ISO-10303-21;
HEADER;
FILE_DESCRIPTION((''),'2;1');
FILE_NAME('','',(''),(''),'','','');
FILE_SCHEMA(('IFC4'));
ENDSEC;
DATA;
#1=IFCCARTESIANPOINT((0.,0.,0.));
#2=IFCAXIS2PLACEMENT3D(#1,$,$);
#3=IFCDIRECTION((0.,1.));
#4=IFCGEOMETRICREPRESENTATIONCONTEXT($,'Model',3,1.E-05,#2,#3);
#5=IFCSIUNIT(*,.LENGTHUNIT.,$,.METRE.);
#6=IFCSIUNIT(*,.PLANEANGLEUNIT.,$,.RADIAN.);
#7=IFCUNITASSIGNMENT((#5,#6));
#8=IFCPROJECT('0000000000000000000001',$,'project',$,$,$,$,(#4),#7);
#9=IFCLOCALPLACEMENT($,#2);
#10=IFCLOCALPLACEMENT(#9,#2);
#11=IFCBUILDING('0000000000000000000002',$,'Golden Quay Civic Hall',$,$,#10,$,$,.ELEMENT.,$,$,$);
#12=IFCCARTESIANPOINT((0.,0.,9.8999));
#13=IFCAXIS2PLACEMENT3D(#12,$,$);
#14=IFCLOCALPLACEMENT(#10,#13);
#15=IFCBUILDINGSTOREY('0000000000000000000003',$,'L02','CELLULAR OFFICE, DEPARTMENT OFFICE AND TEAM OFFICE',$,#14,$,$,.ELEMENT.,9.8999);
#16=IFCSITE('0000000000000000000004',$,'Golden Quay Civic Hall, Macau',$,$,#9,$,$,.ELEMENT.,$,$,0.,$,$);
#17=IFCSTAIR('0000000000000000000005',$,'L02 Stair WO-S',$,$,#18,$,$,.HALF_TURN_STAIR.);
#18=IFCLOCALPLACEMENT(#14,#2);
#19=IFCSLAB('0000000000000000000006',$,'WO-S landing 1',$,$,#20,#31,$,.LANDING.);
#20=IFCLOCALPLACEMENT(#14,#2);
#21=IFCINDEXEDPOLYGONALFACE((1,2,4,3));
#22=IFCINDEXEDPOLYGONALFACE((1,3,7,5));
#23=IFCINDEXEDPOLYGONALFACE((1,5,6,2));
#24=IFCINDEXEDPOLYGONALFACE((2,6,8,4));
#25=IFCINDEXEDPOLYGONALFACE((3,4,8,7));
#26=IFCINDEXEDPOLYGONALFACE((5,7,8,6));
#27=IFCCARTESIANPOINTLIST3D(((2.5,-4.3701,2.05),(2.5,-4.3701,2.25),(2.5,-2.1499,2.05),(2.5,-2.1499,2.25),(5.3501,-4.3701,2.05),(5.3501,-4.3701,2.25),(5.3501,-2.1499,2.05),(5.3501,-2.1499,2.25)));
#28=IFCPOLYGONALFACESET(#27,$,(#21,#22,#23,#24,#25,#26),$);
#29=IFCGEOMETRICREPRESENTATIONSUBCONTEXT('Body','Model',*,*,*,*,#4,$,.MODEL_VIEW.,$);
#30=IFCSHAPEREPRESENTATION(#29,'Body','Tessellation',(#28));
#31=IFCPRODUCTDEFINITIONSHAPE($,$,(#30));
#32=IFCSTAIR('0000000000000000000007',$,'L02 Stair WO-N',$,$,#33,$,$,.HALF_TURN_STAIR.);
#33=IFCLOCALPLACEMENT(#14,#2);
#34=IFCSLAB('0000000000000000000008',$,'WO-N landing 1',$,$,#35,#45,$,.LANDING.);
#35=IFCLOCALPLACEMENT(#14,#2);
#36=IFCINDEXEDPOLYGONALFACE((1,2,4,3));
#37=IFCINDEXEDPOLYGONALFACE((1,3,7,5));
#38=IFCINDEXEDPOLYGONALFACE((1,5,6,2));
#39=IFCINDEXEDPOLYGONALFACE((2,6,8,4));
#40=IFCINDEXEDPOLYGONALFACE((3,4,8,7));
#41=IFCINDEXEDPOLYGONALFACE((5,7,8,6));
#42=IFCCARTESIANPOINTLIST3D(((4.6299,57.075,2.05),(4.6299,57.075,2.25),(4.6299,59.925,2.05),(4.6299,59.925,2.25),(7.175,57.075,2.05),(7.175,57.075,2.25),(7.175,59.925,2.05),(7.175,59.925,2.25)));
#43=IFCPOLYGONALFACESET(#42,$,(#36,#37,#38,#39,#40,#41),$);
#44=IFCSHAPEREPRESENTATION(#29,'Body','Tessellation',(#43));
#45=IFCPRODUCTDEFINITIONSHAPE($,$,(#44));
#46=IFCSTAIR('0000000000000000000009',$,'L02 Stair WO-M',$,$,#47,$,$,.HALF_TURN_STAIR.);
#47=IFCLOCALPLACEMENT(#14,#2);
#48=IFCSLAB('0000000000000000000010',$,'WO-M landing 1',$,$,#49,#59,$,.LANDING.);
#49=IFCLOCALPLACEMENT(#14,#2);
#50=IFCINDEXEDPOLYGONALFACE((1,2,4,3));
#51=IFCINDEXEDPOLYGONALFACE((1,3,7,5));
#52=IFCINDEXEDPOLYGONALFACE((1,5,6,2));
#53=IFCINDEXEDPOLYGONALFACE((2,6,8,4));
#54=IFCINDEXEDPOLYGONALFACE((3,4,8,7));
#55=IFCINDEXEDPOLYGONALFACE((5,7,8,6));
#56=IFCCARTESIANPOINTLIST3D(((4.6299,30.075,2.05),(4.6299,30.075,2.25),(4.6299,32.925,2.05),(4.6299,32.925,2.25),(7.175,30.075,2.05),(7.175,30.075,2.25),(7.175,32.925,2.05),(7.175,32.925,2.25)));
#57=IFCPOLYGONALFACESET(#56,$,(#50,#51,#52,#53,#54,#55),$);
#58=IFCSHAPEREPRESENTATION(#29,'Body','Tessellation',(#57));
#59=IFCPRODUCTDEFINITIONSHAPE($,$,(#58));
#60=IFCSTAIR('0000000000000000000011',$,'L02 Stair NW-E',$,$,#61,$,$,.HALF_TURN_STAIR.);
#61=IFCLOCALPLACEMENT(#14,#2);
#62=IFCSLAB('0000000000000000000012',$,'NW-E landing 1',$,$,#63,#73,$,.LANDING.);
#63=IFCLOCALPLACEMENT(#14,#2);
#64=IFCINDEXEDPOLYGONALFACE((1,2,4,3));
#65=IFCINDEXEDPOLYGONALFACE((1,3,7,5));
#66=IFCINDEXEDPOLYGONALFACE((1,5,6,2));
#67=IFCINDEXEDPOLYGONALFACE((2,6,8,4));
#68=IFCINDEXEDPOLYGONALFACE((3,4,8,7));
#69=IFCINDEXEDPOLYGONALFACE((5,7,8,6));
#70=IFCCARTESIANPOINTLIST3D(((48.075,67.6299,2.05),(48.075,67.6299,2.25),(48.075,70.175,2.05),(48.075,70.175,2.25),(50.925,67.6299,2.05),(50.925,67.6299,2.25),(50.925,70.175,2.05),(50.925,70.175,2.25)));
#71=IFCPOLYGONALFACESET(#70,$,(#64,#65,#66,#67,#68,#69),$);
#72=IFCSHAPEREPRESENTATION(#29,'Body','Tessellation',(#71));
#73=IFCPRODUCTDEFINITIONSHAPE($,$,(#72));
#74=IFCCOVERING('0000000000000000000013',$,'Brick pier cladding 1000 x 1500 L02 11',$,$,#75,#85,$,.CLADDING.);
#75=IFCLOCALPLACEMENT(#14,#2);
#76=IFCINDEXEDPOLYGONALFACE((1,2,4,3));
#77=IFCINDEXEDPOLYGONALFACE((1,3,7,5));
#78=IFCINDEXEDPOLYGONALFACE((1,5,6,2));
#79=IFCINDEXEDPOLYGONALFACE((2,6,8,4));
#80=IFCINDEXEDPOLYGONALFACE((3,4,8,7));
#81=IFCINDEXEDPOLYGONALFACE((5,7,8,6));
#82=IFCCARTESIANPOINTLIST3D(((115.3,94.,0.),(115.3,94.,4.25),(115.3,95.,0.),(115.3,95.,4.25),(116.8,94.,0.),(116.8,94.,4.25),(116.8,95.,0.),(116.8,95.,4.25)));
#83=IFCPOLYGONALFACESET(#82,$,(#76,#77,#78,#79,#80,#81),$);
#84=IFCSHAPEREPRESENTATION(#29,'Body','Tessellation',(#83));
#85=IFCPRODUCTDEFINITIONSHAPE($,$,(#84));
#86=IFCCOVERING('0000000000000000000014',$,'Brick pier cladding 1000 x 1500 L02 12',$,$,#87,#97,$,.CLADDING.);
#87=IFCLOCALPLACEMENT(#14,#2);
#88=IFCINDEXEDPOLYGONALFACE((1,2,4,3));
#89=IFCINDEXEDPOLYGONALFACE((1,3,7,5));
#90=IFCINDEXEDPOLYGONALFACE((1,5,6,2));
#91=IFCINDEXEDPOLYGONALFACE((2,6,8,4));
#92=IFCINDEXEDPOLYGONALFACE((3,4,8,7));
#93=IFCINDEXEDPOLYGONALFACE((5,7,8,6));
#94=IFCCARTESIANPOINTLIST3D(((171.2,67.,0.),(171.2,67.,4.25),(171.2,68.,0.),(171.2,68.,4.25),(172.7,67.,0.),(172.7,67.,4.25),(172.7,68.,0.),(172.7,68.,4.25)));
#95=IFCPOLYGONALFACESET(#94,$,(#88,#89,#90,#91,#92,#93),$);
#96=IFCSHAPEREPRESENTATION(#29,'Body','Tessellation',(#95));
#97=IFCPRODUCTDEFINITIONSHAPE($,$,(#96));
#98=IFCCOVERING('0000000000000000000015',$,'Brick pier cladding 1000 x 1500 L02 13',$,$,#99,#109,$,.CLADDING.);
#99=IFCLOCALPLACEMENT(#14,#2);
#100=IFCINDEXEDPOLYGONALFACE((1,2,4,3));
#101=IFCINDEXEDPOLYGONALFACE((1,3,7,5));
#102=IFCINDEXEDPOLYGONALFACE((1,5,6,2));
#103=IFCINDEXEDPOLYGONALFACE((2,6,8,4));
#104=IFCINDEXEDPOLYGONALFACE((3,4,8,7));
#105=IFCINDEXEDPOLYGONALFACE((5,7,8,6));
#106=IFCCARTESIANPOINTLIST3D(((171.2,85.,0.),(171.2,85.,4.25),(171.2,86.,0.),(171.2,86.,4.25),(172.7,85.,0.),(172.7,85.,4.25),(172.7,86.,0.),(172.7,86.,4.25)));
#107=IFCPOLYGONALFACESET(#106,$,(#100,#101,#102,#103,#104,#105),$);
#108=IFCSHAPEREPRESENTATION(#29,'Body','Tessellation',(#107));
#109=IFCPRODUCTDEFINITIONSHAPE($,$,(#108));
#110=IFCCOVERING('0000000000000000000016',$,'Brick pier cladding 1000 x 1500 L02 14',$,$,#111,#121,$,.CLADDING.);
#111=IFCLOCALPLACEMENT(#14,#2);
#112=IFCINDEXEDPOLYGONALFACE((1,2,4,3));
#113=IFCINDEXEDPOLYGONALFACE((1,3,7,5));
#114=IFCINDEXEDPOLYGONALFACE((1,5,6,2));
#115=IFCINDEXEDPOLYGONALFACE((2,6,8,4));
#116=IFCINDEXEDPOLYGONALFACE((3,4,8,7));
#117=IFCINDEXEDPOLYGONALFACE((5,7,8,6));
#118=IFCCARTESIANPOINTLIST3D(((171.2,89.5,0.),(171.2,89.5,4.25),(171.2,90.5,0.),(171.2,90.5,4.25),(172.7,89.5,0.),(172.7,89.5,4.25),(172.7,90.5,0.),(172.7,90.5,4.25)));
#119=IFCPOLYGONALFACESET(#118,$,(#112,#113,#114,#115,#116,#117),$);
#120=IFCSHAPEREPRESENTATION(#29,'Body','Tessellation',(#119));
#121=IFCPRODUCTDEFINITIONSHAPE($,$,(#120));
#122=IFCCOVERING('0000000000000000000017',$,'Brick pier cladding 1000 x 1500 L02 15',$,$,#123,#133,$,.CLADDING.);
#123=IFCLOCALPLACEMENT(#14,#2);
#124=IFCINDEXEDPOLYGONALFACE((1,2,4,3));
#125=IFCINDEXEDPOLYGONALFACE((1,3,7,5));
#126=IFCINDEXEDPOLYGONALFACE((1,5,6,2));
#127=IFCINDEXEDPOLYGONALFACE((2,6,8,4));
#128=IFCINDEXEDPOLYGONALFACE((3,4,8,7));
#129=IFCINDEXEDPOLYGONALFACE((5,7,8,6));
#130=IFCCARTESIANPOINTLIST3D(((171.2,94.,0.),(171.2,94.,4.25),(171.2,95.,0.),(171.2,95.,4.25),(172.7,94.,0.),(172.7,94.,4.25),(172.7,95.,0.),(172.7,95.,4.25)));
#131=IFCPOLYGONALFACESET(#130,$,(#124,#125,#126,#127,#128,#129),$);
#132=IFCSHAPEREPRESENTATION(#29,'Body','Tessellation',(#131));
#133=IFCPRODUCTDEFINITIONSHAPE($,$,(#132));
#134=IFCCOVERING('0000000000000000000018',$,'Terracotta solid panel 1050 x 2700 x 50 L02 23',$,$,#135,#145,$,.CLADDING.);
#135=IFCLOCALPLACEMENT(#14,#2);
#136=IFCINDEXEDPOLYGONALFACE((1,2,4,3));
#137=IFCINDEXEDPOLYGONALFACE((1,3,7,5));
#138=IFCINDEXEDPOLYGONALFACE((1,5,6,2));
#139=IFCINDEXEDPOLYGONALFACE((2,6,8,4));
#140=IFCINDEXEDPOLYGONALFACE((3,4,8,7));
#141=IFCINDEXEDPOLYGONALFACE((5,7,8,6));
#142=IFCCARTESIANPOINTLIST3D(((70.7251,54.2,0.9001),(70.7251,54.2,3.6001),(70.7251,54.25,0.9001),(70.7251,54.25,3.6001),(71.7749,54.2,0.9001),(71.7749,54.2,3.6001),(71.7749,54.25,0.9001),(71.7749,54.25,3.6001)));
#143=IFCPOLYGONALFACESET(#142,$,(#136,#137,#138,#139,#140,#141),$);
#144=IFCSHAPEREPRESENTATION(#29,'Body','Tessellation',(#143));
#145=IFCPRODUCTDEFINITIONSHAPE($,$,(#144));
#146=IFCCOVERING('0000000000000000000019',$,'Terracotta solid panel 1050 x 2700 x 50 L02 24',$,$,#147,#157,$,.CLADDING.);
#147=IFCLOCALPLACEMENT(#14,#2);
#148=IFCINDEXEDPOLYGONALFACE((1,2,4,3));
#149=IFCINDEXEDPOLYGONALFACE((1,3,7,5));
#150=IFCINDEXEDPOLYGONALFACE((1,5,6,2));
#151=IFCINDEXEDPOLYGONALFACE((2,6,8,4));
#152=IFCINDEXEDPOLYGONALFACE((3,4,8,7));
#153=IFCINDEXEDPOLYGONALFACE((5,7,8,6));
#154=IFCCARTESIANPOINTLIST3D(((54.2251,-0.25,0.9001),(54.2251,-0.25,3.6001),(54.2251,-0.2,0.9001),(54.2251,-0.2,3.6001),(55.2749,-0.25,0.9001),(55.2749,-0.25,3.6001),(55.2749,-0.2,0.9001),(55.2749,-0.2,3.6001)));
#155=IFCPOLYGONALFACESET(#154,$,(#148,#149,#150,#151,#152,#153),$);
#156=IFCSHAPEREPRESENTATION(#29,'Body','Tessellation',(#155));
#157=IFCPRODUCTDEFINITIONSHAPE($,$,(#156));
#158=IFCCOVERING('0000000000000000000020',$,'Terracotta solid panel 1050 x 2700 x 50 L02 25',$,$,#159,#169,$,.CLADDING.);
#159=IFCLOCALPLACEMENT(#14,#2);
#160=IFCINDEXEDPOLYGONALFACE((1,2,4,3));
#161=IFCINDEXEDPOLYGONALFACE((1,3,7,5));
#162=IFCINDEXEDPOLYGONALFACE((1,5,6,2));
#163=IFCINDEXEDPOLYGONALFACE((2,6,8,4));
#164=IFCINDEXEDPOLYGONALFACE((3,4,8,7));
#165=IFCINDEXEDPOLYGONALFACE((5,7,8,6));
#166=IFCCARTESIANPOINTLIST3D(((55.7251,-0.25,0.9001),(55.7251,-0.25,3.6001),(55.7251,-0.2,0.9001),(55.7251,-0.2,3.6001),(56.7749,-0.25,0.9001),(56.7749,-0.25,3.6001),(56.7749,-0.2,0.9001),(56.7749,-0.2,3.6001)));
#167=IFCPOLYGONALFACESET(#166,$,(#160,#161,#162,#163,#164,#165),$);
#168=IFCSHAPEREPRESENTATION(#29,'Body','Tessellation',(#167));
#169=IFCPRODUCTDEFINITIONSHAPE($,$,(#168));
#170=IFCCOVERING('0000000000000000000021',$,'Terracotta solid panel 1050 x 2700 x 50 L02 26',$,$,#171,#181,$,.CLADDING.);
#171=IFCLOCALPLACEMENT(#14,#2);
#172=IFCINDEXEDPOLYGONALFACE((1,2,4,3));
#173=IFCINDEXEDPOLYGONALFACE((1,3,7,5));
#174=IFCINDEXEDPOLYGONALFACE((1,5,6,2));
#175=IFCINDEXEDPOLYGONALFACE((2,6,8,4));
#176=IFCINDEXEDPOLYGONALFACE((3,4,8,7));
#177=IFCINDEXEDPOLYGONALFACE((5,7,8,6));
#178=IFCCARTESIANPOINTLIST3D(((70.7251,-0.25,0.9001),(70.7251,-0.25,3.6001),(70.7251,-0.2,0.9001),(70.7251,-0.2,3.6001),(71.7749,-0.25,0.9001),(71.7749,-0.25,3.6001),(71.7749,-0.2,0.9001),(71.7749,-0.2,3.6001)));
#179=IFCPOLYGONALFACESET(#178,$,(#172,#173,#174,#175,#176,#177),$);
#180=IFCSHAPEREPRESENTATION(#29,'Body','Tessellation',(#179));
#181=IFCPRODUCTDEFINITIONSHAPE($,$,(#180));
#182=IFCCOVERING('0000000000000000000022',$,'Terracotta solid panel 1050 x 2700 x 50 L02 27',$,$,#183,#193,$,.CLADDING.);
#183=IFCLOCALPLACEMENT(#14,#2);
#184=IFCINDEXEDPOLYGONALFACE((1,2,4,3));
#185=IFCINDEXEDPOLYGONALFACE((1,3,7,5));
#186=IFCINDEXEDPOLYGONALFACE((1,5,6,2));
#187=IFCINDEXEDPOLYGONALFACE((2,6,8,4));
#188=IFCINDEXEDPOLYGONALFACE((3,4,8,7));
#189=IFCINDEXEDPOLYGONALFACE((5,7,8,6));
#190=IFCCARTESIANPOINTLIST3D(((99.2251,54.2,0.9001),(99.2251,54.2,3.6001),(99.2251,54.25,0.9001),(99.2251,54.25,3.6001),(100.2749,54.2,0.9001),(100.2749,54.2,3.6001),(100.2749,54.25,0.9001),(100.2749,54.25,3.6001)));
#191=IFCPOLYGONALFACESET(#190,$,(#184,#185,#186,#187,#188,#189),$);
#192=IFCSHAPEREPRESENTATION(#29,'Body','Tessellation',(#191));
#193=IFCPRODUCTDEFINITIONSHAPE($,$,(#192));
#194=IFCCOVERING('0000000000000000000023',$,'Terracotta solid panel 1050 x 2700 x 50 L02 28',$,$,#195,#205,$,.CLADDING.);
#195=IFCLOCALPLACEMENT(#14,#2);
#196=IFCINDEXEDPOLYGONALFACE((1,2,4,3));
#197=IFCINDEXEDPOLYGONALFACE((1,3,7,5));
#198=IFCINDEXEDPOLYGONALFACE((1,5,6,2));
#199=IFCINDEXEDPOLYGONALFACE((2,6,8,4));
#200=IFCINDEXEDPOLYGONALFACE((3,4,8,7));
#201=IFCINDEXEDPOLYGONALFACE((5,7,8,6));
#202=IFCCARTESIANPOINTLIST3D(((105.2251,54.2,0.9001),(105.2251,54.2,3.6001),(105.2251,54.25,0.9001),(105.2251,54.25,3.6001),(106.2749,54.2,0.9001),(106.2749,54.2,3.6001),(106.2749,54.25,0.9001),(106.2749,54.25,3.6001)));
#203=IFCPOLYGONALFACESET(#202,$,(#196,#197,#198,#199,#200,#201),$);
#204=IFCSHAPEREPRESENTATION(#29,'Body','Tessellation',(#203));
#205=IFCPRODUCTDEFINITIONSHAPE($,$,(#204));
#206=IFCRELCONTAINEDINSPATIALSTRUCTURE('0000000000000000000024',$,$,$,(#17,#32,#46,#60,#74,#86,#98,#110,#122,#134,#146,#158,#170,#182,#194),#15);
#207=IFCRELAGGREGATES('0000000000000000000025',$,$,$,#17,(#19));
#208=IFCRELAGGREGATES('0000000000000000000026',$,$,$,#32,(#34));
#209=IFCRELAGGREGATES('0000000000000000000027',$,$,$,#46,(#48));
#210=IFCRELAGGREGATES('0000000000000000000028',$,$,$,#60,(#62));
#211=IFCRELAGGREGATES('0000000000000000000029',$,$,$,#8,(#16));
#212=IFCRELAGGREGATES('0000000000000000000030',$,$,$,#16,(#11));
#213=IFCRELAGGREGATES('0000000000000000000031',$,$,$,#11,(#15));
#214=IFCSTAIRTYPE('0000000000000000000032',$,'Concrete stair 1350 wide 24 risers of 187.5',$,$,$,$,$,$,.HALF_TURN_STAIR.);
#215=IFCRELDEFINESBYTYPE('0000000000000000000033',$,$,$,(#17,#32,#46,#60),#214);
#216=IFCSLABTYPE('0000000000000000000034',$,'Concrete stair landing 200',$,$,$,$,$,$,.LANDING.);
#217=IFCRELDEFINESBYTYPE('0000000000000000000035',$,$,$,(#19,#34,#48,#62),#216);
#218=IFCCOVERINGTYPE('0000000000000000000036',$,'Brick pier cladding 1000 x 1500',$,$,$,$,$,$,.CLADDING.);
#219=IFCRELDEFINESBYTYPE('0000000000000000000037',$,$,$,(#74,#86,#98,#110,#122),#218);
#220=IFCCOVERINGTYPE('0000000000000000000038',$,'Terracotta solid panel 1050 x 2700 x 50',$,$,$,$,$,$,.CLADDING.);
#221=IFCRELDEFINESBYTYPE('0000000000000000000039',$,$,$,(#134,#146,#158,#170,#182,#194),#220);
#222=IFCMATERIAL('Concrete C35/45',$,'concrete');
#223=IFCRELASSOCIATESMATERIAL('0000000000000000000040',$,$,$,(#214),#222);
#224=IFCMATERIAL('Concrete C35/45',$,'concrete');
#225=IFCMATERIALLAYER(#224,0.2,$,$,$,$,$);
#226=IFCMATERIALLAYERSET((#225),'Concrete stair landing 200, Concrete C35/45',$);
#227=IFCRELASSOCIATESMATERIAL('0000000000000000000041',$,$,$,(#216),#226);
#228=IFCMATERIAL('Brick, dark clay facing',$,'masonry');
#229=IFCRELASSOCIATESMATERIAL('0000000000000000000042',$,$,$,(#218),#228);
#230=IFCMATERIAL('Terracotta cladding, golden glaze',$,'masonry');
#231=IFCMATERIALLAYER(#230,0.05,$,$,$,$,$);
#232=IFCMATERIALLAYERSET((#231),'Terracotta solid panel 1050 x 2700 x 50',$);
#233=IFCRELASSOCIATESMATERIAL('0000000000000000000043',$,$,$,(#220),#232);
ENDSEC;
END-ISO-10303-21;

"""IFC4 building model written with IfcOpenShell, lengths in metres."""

from ifc_helpers import new_model, si_unit, direction, frame, origin, place, context, subcontext, project, spatial, polyline, outline, extrude, material, layer, layer_set, type_object, element, aggregate, save


model = new_model("IFC4")

# Units and contexts
model_context = context("Model", 3, precision=1e-05, world=origin(), true_north=direction((0.0, 1.0)))
body_context = subcontext(model_context, "Body", "Model", "MODEL_VIEW")
ifc_project = project(units=[si_unit("LENGTHUNIT", "METRE"), si_unit("PLANEANGLEUNIT", "RADIAN")], contexts=[model_context])

# Site, building, storey
site_placement = place(None, origin())
site = spatial("IfcSite", under=ifc_project, at=site_placement, Name="Golden Quay Civic Hall, Macau", CompositionType="ELEMENT", RefElevation=0.0)
building_placement = place(site_placement, origin())
building = spatial("IfcBuilding", under=site, at=building_placement, Name="Golden Quay Civic Hall", CompositionType="ELEMENT")
storey_placement = place(building_placement, frame((0.0, 0.0, 9.8999)))
storey = spatial("IfcBuildingStorey", under=building, at=storey_placement, Name="L02", Description="CELLULAR OFFICE, DEPARTMENT OFFICE AND TEAM OFFICE", CompositionType="ELEMENT", Elevation=9.8999)

# Stairs, slabs
ifc_material_1 = material(Name="Concrete C35/45", Category="concrete")
stair_type = type_object("IfcStairType", Name="Concrete stair 1350 wide 24 risers of 187.5", PredefinedType="HALF_TURN_STAIR", material=ifc_material_1)
stair_1_placement = place(storey_placement, origin())
stair_1 = element("IfcStair", 1, at=stair_1_placement, inside=storey, type_object=stair_type, Name="L02 Stair WO-S", PredefinedType="HALF_TURN_STAIR")
ifc_material_2 = material(Name="Concrete C35/45", Category="concrete")
ifc_layer_1 = layer(ifc_material_2, 0.2)
ifc_layer_set_1 = layer_set([ifc_layer_1], Name="Concrete stair landing 200, Concrete C35/45")
slab_type = type_object("IfcSlabType", Name="Concrete stair landing 200", PredefinedType="LANDING", material=ifc_layer_set_1)
slab_1_placement = place(storey_placement, frame((0.0, 0.0, 2.05)))
slab_1 = element("IfcSlab", 2, at=slab_1_placement, type_object=slab_type, Name="WO-S landing 1", PredefinedType="LANDING", context=body_context, shape_type="SweptSolid", body=[
    extrude(outline(polyline([(5.3501, -4.3701), (5.3501, -2.1499), (2.5, -2.1499), (2.5, -4.3701), (5.3501, -4.3701)])), origin(), (0.0, 0.0, 1.0), 0.2),
])
aggregate(stair_1, [slab_1])
stair_2_placement = place(storey_placement, origin())
stair_2 = element("IfcStair", 3, at=stair_2_placement, inside=storey, type_object=stair_type, Name="L02 Stair WO-N", PredefinedType="HALF_TURN_STAIR")
slab_2_placement = place(storey_placement, frame((0.0, 0.0, 2.05)))
slab_2 = element("IfcSlab", 4, at=slab_2_placement, type_object=slab_type, Name="WO-N landing 1", PredefinedType="LANDING", context=body_context, shape_type="SweptSolid", body=[
    extrude(outline(polyline([(4.6299, 57.075), (7.175, 57.075), (7.175, 59.925), (4.6299, 59.925), (4.6299, 57.075)])), origin(), (0.0, 0.0, 1.0), 0.2),
])
aggregate(stair_2, [slab_2])
stair_3_placement = place(storey_placement, origin())
stair_3 = element("IfcStair", 5, at=stair_3_placement, inside=storey, type_object=stair_type, Name="L02 Stair WO-M", PredefinedType="HALF_TURN_STAIR")
slab_3_placement = place(storey_placement, frame((0.0, 0.0, 2.05)))
slab_3 = element("IfcSlab", 6, at=slab_3_placement, type_object=slab_type, Name="WO-M landing 1", PredefinedType="LANDING", context=body_context, shape_type="SweptSolid", body=[
    extrude(outline(polyline([(4.6299, 30.075), (7.175, 30.075), (7.175, 32.925), (4.6299, 32.925), (4.6299, 30.075)])), origin(), (0.0, 0.0, 1.0), 0.2),
])
aggregate(stair_3, [slab_3])
stair_4_placement = place(storey_placement, origin())
stair_4 = element("IfcStair", 7, at=stair_4_placement, inside=storey, type_object=stair_type, Name="L02 Stair NW-E", PredefinedType="HALF_TURN_STAIR")
slab_4_placement = place(storey_placement, frame((0.0, 0.0, 2.05)))
slab_4 = element("IfcSlab", 8, at=slab_4_placement, type_object=slab_type, Name="NW-E landing 1", PredefinedType="LANDING", context=body_context, shape_type="SweptSolid", body=[
    extrude(outline(polyline([(50.925, 67.6299), (50.925, 70.175), (48.075, 70.175), (48.075, 67.6299), (50.925, 67.6299)])), origin(), (0.0, 0.0, 1.0), 0.2),
])
aggregate(stair_4, [slab_4])

# Coverings
ifc_material_3 = material(Name="Brick, dark clay facing", Category="masonry")
covering_type_1 = type_object("IfcCoveringType", Name="Brick pier cladding 1000 x 1500", PredefinedType="CLADDING", material=ifc_material_3)
covering_1_placement = place(storey_placement, origin())
element("IfcCovering", 9, at=covering_1_placement, inside=storey, type_object=covering_type_1, Name="Brick pier cladding 1000 x 1500 L02 11", PredefinedType="CLADDING", context=body_context, shape_type="SweptSolid", body=[
    extrude(outline(polyline([(116.8, 94.0), (116.8, 95.0), (115.3, 95.0), (115.3, 94.0), (116.8, 94.0)])), origin(), (0.0, 0.0, 1.0), 4.25),
])
covering_2_placement = place(storey_placement, origin())
element("IfcCovering", 10, at=covering_2_placement, inside=storey, type_object=covering_type_1, Name="Brick pier cladding 1000 x 1500 L02 12", PredefinedType="CLADDING", context=body_context, shape_type="SweptSolid", body=[
    extrude(outline(polyline([(171.2, 67.0), (171.2, 68.0), (172.7, 68.0), (172.7, 67.0), (171.2, 67.0)])), origin(), (0.0, 0.0, 1.0), 4.25),
])
covering_3_placement = place(storey_placement, origin())
element("IfcCovering", 11, at=covering_3_placement, inside=storey, type_object=covering_type_1, Name="Brick pier cladding 1000 x 1500 L02 13", PredefinedType="CLADDING", context=body_context, shape_type="SweptSolid", body=[
    extrude(outline(polyline([(171.2, 85.0), (171.2, 86.0), (172.7, 86.0), (172.7, 85.0), (171.2, 85.0)])), origin(), (0.0, 0.0, 1.0), 4.25),
])
covering_4_placement = place(storey_placement, origin())
element("IfcCovering", 12, at=covering_4_placement, inside=storey, type_object=covering_type_1, Name="Brick pier cladding 1000 x 1500 L02 14", PredefinedType="CLADDING", context=body_context, shape_type="SweptSolid", body=[
    extrude(outline(polyline([(171.2, 89.5), (171.2, 90.5), (172.7, 90.5), (172.7, 89.5), (171.2, 89.5)])), origin(), (0.0, 0.0, 1.0), 4.25),
])
covering_5_placement = place(storey_placement, origin())
element("IfcCovering", 13, at=covering_5_placement, inside=storey, type_object=covering_type_1, Name="Brick pier cladding 1000 x 1500 L02 15", PredefinedType="CLADDING", context=body_context, shape_type="SweptSolid", body=[
    extrude(outline(polyline([(171.2, 94.0), (171.2, 95.0), (172.7, 95.0), (172.7, 94.0), (171.2, 94.0)])), origin(), (0.0, 0.0, 1.0), 4.25),
])
ifc_material_4 = material(Name="Terracotta cladding, golden glaze", Category="masonry")
ifc_layer_2 = layer(ifc_material_4, 0.05)
ifc_layer_set_2 = layer_set([ifc_layer_2], Name="Terracotta solid panel 1050 x 2700 x 50")
covering_type_2 = type_object("IfcCoveringType", Name="Terracotta solid panel 1050 x 2700 x 50", PredefinedType="CLADDING", material=ifc_layer_set_2)
covering_6_placement = place(storey_placement, frame((0.0, 0.0, 0.9001)))
element("IfcCovering", 14, at=covering_6_placement, inside=storey, type_object=covering_type_2, Name="Terracotta solid panel 1050 x 2700 x 50 L02 23", PredefinedType="CLADDING", context=body_context, shape_type="SweptSolid", body=[
    extrude(outline(polyline([(70.7251, 54.2), (71.7749, 54.2), (71.7749, 54.25), (70.7251, 54.25), (70.7251, 54.2)])), origin(), (0.0, 0.0, 1.0), 2.7),
])
covering_7_placement = place(storey_placement, frame((0.0, 0.0, 0.9001)))
element("IfcCovering", 15, at=covering_7_placement, inside=storey, type_object=covering_type_2, Name="Terracotta solid panel 1050 x 2700 x 50 L02 24", PredefinedType="CLADDING", context=body_context, shape_type="SweptSolid", body=[
    extrude(outline(polyline([(54.2251, -0.2), (55.2749, -0.2), (55.2749, -0.25), (54.2251, -0.25), (54.2251, -0.2)])), origin(), (0.0, 0.0, 1.0), 2.7),
])
covering_8_placement = place(storey_placement, frame((0.0, 0.0, 0.9001)))
element("IfcCovering", 16, at=covering_8_placement, inside=storey, type_object=covering_type_2, Name="Terracotta solid panel 1050 x 2700 x 50 L02 25", PredefinedType="CLADDING", context=body_context, shape_type="SweptSolid", body=[
    extrude(outline(polyline([(55.7251, -0.2), (56.7749, -0.2), (56.7749, -0.25), (55.7251, -0.25), (55.7251, -0.2)])), origin(), (0.0, 0.0, 1.0), 2.7),
])
covering_9_placement = place(storey_placement, frame((0.0, 0.0, 0.9001)))
element("IfcCovering", 17, at=covering_9_placement, inside=storey, type_object=covering_type_2, Name="Terracotta solid panel 1050 x 2700 x 50 L02 26", PredefinedType="CLADDING", context=body_context, shape_type="SweptSolid", body=[
    extrude(outline(polyline([(70.7251, -0.2), (71.7749, -0.2), (71.7749, -0.25), (70.7251, -0.25), (70.7251, -0.2)])), origin(), (0.0, 0.0, 1.0), 2.7),
])
covering_10_placement = place(storey_placement, frame((0.0, 0.0, 0.9001)))
element("IfcCovering", 18, at=covering_10_placement, inside=storey, type_object=covering_type_2, Name="Terracotta solid panel 1050 x 2700 x 50 L02 27", PredefinedType="CLADDING", context=body_context, shape_type="SweptSolid", body=[
    extrude(outline(polyline([(99.2251, 54.2), (100.2749, 54.2), (100.2749, 54.25), (99.2251, 54.25), (99.2251, 54.2)])), origin(), (0.0, 0.0, 1.0), 2.7),
])
covering_11_placement = place(storey_placement, frame((0.0, 0.0, 0.9001)))
element("IfcCovering", 19, at=covering_11_placement, inside=storey, type_object=covering_type_2, Name="Terracotta solid panel 1050 x 2700 x 50 L02 28", PredefinedType="CLADDING", context=body_context, shape_type="SweptSolid", body=[
    extrude(outline(polyline([(105.2251, 54.2), (106.2749, 54.2), (106.2749, 54.25), (105.2251, 54.25), (105.2251, 54.2)])), origin(), (0.0, 0.0, 1.0), 2.7),
])

save(model, "model.ifc")
